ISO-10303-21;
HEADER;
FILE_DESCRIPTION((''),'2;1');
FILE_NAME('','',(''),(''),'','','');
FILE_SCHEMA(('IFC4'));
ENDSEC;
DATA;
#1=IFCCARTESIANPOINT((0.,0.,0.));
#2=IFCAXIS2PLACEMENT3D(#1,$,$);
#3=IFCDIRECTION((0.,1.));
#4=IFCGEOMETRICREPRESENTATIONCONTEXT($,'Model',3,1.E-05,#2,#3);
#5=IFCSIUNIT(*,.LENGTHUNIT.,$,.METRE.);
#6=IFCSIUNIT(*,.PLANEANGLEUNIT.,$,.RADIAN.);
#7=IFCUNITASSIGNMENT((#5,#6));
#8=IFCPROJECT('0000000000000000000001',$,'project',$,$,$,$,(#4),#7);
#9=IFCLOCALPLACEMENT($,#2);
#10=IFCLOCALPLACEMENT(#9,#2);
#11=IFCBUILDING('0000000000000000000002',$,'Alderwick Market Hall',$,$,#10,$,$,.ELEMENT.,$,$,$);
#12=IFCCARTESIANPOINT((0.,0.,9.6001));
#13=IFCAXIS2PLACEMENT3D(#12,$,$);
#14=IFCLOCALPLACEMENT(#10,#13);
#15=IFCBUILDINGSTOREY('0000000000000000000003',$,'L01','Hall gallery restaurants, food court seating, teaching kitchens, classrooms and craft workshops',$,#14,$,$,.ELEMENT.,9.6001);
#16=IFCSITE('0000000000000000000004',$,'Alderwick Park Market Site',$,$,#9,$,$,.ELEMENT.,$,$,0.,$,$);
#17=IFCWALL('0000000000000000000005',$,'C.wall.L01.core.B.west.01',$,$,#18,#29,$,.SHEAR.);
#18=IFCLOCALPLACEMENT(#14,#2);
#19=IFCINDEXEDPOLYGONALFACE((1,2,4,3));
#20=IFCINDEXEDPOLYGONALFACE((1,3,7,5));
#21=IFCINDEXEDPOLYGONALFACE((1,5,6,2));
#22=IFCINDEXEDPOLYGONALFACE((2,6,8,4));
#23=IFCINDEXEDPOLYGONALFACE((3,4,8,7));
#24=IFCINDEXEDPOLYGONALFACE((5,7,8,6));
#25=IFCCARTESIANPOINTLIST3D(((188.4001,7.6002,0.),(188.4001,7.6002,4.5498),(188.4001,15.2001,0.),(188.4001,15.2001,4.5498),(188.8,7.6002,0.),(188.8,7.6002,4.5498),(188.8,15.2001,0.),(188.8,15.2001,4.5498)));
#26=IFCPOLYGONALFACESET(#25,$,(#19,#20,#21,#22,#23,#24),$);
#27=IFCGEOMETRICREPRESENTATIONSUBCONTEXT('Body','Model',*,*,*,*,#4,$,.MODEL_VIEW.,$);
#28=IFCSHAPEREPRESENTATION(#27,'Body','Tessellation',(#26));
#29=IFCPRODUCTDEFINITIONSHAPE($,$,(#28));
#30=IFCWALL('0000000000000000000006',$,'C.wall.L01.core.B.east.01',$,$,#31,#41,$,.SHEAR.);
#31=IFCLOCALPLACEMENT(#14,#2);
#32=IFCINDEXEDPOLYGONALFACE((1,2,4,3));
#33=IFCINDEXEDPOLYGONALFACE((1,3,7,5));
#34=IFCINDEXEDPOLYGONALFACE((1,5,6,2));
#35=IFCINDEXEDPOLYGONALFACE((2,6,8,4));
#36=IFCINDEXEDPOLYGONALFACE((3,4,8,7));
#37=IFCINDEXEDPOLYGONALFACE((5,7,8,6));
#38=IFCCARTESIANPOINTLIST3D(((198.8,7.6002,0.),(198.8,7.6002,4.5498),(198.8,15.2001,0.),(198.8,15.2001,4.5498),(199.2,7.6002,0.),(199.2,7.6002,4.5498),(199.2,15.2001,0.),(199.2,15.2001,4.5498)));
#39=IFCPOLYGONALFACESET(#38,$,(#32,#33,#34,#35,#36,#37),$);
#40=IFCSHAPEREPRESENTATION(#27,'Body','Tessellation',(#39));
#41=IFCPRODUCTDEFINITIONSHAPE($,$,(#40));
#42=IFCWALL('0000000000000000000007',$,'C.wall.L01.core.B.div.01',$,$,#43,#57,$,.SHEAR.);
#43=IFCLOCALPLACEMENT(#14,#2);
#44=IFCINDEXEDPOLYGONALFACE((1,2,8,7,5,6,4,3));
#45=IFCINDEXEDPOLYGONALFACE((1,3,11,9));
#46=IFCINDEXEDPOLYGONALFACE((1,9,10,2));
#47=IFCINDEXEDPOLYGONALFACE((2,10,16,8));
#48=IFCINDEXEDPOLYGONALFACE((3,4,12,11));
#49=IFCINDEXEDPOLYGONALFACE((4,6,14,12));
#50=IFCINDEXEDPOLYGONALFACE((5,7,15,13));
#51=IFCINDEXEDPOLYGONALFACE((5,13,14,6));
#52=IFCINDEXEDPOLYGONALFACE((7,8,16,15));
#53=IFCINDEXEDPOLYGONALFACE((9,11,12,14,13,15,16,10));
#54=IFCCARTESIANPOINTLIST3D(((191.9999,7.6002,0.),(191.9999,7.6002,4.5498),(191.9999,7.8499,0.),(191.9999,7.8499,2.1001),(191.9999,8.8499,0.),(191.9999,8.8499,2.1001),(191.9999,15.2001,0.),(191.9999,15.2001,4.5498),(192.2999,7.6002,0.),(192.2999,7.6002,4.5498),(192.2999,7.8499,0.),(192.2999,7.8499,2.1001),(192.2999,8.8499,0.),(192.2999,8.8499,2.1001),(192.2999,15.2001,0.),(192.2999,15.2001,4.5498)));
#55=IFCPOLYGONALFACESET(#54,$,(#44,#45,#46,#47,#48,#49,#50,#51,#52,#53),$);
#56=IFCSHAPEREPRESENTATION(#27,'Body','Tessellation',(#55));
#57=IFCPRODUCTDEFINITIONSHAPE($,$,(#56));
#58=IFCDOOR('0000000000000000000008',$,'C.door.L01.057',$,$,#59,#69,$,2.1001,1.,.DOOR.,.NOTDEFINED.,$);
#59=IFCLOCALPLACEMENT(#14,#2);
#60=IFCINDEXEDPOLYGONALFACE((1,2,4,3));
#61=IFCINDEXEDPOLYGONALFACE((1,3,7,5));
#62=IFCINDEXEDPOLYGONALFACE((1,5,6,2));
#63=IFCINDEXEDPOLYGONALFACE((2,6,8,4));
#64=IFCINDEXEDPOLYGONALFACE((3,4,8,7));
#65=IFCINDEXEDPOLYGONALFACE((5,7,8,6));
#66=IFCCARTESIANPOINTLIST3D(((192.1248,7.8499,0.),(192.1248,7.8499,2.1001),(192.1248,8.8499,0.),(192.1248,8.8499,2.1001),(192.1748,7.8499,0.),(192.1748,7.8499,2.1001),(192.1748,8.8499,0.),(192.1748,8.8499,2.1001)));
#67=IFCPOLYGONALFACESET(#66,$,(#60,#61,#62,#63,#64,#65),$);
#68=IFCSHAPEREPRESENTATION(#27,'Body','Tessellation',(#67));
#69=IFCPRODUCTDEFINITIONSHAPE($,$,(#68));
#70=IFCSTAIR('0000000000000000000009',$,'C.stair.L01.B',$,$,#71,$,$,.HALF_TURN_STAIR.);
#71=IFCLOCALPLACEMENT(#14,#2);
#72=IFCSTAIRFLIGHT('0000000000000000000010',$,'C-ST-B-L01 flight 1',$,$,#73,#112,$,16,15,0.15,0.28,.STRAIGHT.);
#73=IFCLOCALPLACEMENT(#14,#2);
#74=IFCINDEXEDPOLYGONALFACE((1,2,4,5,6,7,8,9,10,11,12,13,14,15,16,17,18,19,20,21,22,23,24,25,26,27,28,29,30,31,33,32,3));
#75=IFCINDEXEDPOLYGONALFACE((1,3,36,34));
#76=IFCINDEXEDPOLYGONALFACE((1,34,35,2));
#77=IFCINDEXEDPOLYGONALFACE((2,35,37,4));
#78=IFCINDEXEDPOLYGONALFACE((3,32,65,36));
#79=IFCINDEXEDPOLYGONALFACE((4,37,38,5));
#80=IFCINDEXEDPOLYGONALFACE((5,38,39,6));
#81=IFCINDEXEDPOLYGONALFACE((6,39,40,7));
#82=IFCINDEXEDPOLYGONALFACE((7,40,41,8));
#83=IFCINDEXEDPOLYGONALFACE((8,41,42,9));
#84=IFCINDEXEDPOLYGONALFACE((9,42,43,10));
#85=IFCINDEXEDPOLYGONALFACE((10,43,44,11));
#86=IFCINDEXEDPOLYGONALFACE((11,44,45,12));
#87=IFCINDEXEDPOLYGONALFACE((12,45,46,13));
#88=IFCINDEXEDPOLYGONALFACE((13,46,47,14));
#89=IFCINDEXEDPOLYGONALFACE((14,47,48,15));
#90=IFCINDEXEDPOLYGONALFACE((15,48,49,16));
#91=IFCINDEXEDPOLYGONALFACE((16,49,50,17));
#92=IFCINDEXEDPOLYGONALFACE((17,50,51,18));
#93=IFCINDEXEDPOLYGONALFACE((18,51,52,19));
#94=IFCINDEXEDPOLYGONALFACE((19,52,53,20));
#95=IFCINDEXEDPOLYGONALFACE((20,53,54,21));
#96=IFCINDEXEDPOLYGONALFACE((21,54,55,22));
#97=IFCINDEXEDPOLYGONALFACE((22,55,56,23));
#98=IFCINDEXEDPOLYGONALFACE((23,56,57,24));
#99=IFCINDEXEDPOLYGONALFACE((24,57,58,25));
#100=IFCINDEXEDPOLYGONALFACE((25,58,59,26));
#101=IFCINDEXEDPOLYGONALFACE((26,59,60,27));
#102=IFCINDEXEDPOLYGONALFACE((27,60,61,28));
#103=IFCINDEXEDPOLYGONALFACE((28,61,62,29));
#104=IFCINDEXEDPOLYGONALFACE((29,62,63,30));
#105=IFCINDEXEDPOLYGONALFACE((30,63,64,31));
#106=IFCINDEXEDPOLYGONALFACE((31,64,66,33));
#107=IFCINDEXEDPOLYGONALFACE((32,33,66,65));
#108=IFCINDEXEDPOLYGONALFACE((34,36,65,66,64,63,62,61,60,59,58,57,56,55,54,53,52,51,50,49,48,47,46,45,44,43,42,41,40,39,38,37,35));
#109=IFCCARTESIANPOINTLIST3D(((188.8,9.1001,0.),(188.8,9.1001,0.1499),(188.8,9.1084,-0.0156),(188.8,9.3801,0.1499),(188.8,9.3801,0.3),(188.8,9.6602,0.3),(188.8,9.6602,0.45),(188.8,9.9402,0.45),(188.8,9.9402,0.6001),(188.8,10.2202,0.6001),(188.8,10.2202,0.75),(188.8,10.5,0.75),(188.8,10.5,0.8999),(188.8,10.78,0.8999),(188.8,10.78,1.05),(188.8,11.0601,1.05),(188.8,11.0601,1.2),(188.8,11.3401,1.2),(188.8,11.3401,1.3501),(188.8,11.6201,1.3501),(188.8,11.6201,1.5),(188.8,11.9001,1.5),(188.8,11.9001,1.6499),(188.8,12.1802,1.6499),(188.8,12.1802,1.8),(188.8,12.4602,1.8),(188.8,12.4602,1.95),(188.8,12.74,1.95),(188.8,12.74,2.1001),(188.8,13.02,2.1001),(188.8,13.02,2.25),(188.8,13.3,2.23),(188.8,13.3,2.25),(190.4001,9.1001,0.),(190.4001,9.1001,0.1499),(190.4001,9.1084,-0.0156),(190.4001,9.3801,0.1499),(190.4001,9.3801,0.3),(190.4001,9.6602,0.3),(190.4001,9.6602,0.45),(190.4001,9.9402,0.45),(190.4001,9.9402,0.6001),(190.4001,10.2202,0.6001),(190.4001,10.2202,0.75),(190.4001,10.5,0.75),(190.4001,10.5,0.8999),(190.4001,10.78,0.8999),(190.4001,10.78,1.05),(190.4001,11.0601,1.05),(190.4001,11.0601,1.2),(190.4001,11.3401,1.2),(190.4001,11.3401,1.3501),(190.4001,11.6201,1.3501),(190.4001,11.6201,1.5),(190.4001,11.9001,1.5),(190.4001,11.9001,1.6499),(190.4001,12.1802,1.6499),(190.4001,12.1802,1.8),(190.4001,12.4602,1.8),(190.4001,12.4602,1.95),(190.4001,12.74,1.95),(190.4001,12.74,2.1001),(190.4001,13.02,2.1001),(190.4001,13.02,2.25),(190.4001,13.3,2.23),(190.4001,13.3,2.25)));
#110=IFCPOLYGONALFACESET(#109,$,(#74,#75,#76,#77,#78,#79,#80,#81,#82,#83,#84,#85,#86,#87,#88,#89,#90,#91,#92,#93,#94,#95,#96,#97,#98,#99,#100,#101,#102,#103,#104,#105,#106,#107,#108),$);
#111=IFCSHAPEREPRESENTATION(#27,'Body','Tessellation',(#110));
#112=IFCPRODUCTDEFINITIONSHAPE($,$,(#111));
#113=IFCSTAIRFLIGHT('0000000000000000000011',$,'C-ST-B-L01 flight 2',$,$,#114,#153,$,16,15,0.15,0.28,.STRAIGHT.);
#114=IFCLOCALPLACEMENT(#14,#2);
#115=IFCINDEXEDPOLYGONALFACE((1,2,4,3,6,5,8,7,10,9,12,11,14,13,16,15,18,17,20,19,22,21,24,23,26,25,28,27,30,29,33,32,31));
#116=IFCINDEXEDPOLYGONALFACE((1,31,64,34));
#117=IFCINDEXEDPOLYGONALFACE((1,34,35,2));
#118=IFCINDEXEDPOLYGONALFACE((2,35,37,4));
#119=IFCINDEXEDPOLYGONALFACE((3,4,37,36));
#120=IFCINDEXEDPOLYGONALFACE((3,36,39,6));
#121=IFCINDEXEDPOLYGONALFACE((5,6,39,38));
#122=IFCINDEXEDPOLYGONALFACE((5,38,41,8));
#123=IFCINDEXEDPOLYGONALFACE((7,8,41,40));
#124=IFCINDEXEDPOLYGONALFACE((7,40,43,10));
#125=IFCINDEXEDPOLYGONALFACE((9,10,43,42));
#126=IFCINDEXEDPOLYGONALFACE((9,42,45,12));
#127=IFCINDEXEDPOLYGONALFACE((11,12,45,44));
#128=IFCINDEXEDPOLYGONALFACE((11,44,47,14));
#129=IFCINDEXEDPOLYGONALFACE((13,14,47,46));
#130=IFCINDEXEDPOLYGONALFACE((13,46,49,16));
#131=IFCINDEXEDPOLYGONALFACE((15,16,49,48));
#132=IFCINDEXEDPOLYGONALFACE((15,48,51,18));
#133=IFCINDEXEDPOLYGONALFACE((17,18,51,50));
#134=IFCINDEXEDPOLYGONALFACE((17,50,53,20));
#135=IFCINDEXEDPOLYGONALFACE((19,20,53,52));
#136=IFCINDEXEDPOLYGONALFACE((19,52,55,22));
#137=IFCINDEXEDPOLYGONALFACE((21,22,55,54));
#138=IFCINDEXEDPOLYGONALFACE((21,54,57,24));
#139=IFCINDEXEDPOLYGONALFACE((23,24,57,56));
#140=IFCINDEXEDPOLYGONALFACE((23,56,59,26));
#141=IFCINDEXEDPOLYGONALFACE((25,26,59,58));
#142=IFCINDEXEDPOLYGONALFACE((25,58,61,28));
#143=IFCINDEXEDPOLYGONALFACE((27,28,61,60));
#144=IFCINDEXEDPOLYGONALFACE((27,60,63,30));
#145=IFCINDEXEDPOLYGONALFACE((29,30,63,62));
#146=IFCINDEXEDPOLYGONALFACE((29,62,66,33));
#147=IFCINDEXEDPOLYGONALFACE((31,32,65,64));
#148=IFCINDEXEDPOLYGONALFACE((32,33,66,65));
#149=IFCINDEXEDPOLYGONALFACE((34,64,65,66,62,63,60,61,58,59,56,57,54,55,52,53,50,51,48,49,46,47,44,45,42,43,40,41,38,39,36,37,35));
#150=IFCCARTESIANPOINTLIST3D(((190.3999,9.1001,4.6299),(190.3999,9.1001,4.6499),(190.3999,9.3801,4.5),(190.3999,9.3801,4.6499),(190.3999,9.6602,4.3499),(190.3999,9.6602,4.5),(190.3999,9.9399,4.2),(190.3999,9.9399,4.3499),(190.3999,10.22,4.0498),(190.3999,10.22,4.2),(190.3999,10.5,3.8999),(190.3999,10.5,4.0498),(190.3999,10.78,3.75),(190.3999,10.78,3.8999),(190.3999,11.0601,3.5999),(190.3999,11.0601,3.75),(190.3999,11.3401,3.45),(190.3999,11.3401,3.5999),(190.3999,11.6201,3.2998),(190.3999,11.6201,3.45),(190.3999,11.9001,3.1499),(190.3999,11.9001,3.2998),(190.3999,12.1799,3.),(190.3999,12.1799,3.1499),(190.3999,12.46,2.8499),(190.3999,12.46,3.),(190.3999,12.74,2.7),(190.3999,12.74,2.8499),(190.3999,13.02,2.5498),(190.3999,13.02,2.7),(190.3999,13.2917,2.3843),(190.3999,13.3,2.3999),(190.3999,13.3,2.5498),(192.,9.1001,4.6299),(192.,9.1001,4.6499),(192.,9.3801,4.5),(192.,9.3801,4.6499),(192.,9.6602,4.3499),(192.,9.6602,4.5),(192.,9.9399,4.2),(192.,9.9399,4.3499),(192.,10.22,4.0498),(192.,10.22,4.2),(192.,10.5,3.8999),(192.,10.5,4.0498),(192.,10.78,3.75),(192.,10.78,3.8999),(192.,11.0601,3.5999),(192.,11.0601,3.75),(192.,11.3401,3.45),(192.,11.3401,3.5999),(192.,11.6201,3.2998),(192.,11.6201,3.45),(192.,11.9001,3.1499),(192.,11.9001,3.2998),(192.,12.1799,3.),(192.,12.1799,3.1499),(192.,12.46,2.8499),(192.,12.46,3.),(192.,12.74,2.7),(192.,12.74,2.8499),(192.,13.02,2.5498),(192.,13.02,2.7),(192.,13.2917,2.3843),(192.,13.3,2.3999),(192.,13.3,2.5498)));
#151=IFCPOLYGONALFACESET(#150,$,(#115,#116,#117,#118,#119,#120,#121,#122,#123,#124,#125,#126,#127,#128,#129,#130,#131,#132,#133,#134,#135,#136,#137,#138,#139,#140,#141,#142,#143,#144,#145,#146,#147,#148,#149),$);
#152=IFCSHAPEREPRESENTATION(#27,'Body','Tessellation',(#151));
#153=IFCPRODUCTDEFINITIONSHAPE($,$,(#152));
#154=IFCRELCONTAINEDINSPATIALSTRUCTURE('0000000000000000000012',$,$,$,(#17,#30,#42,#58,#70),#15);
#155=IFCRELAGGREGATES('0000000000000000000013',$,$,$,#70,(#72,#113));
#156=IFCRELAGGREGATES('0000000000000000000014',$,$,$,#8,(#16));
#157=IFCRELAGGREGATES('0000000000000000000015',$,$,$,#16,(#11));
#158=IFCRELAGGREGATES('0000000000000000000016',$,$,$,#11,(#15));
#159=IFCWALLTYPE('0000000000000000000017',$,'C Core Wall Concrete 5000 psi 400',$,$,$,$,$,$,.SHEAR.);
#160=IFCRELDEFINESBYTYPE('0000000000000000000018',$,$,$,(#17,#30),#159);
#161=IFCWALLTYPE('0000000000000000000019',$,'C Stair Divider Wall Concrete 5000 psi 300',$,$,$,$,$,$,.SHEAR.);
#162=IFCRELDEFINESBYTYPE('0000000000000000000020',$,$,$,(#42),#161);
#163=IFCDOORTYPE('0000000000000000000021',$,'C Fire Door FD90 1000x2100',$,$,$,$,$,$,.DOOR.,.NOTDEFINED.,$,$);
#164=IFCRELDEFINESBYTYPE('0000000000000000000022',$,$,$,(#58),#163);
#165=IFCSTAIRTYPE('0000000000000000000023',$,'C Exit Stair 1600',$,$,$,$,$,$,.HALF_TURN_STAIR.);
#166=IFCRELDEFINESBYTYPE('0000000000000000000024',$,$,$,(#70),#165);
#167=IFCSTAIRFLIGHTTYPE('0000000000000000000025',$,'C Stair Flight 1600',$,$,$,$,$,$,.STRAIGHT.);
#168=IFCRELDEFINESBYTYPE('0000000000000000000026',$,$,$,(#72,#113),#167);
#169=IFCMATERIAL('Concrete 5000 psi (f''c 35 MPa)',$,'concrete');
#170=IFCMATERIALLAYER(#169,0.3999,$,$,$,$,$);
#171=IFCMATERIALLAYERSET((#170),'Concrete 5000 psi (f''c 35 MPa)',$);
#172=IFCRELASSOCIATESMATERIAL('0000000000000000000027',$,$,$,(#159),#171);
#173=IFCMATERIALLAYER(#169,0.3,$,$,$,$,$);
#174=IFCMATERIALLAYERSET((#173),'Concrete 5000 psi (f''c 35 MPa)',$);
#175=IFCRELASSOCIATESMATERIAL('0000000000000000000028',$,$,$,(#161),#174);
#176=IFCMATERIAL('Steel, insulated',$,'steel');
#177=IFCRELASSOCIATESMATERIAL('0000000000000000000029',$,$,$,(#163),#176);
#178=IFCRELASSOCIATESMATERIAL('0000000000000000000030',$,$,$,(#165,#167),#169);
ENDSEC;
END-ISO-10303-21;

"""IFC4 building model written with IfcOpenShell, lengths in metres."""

from ifc_helpers import new_model, si_unit, direction, frame, frame_2d, origin, place, context, subcontext, project, spatial, polyline, rectangle, outline, extrude, material, layer, layer_set, type_object, element, fill, aggregate, save


model = new_model("IFC4")

# Units and contexts
model_context = context("Model", 3, precision=1e-05, world=origin(), true_north=direction((0.0, 1.0)))
body_context = subcontext(model_context, "Body", "Model", "MODEL_VIEW")
ifc_project = project(units=[si_unit("LENGTHUNIT", "METRE"), si_unit("PLANEANGLEUNIT", "RADIAN")], contexts=[model_context])

# Site, building, storey
site_placement = place(None, origin())
site = spatial("IfcSite", under=ifc_project, at=site_placement, Name="Alderwick Park Market Site", CompositionType="ELEMENT", RefElevation=0.0)
building_placement = place(site_placement, origin())
building = spatial("IfcBuilding", under=site, at=building_placement, Name="Alderwick Market Hall", CompositionType="ELEMENT")
storey_placement = place(building_placement, frame((0.0, 0.0, 9.6001)))
storey = spatial("IfcBuildingStorey", under=building, at=storey_placement, Name="L01", Description="Hall gallery restaurants, food court seating, teaching kitchens, classrooms and craft workshops", CompositionType="ELEMENT", Elevation=9.6001)

# Shared definitions
ifc_material_1 = material(Name="Concrete 5000 psi (f'c 35 MPa)", Category="concrete")

# Shared definitions
ifc_layer_1 = layer(ifc_material_1, 0.3999)
ifc_layer_set_1 = layer_set([ifc_layer_1], Name="Concrete 5000 psi (f'c 35 MPa)")
wall_type_1 = type_object("IfcWallType", Name="C Core Wall Concrete 5000 psi 400", PredefinedType="SHEAR", material=ifc_layer_set_1)

# Shared definitions
ifc_material_2 = material(Name="Steel, insulated", Category="steel")

# Walls
for number, where, z_axis, x_axis, name in (
    (1, (188.6001, 15.2, 0.0), (0.0, 0.0, 1.0), (0.0, -1.0, 0.0), "C.wall.L01.core.B.west.01"),
    (2, (199.0, 15.2, 0.0), (0.0, 0.0, 1.0), (0.0, -1.0, 0.0), "C.wall.L01.core.B.east.01"),
):
    element("IfcWall", number, at=place(storey_placement, frame(where, z_axis=z_axis, x_axis=x_axis)), inside=storey, type_object=wall_type_1, Name=name, PredefinedType="SHEAR", context=body_context, shape_type="SweptSolid", body=[
        extrude(rectangle(XDim=7.5999, YDim=0.3999, at=frame_2d((3.7998, 0.0))), origin(), (0.0, 0.0, 1.0), 4.5498),
    ])

# Wall, opening, door
ifc_layer_2 = layer(ifc_material_1, 0.3)
ifc_layer_set_2 = layer_set([ifc_layer_2], Name="Concrete 5000 psi (f'c 35 MPa)")
wall_type_2 = type_object("IfcWallType", Name="C Stair Divider Wall Concrete 5000 psi 300", PredefinedType="SHEAR", material=ifc_layer_set_2)
wall_1_placement = place(storey_placement, frame((192.1499, 15.2, 0.0), z_axis=(0.0, 0.0, 1.0), x_axis=(0.0, -1.0, 0.0)))
wall_1 = element("IfcWall", 3, at=wall_1_placement, inside=storey, type_object=wall_type_2, Name="C.wall.L01.core.B.div.01", PredefinedType="SHEAR", context=body_context, shape_type="SweptSolid", body=[
    extrude(rectangle(XDim=7.5999, YDim=0.3, at=frame_2d((3.7998, 0.0))), origin(), (0.0, 0.0, 1.0), 4.5498),
])
opening_1_placement = place(wall_1_placement, frame((6.3501, 0.0, 0.0)))
opening_1 = element("IfcOpeningElement", 4, at=opening_1_placement, cuts=wall_1, PredefinedType="OPENING", context=body_context, shape_type="SweptSolid", body=[
    extrude(rectangle(XDim=1.0, YDim=2.1001, at=frame_2d((0.5, 1.05))), frame((0.0, 0.1599, 0.0), z_axis=(0.0, -1.0, 0.0), x_axis=(1.0, 0.0, 0.0)), (0.0, 0.0, 1.0), 0.3201),
])
door_type_1 = type_object("IfcDoorType", Name="C Fire Door FD90 1000x2100", OperationType="NOTDEFINED", PredefinedType="DOOR", material=ifc_material_2)
door_1_placement = place(opening_1_placement, origin())
door_1 = element("IfcDoor", 5, at=door_1_placement, inside=storey, type_object=door_type_1, Name="C.door.L01.057", OperationType="NOTDEFINED", OverallHeight=2.1001, OverallWidth=1.0, PredefinedType="DOOR", context=body_context, shape_type="SweptSolid", body=[
    extrude(rectangle(XDim=1.0, YDim=2.1001, at=frame_2d((0.5, 1.05))), frame((0.0, 0.0249, 0.0), z_axis=(0.0, -1.0, 0.0), x_axis=(1.0, 0.0, 0.0)), (0.0, 0.0, 1.0), 0.05),
])
fill(opening_1, door_1)

# Stair, stair flights
stair_type = type_object("IfcStairType", Name="C Exit Stair 1600", PredefinedType="HALF_TURN_STAIR", material=ifc_material_1)
stair_placement = place(storey_placement, origin())
stair = element("IfcStair", 6, at=stair_placement, inside=storey, type_object=stair_type, Name="C.stair.L01.B", PredefinedType="HALF_TURN_STAIR")
stair_flight_type = type_object("IfcStairFlightType", Name="C Stair Flight 1600", PredefinedType="STRAIGHT", material=ifc_material_1)
stair_flight_1_placement = place(storey_placement, frame((189.6001, 9.1001, 0.0), z_axis=(0.0, 0.0, 1.0), x_axis=(0.0, 1.0, 0.0)))
stair_flight_1 = element("IfcStairFlight", 7, at=stair_flight_1_placement, type_object=stair_flight_type, Name="C-ST-B-L01 flight 1", NumberOfRisers=16, NumberOfTreads=15, PredefinedType="STRAIGHT", RiserHeight=0.15, TreadLength=0.28, context=body_context, shape_type="SweptSolid", body=[
    extrude(outline(polyline([(0.0083, -0.0156), (0.0, 0.0), (0.0, 0.1499), (0.28, 0.1499), (0.28, 0.3), (0.5601, 0.3), (0.5601, 0.45), (0.8401, 0.45), (0.8401, 0.6001), (1.1201, 0.6001), (1.1201, 0.75), (1.3999, 0.75), (1.3999, 0.8999), (1.6799, 0.8999), (1.6799, 1.05), (1.96, 1.05), (1.96, 1.2), (2.24, 1.2), (2.24, 1.3501), (2.52, 1.3501), (2.52, 1.5), (2.8, 1.5), (2.8, 1.6499), (3.0801, 1.6499), (3.0801, 1.8), (3.3601, 1.8), (3.3601, 1.95), (3.6399, 1.95), (3.6399, 2.1001), (3.9199, 2.1001), (3.9199, 2.25), (4.2, 2.25), (4.2, 2.23), (0.0083, -0.0156)])), frame((0.0, 0.8, 0.0), z_axis=(0.0, -1.0, 0.0), x_axis=(1.0, 0.0, 0.0)), (0.0, 0.0, 1.0), 1.6001),
])
stair_flight_2_placement = place(storey_placement, frame((191.2, 13.3, 2.3999), z_axis=(0.0, 0.0, 1.0), x_axis=(0.0, -1.0, 0.0)))
stair_flight_2 = element("IfcStairFlight", 8, at=stair_flight_2_placement, type_object=stair_flight_type, Name="C-ST-B-L01 flight 2", NumberOfRisers=16, NumberOfTreads=15, PredefinedType="STRAIGHT", RiserHeight=0.15, TreadLength=0.28, context=body_context, shape_type="SweptSolid", body=[
    extrude(outline(polyline([(0.0083, -0.0156), (0.0, 0.0), (0.0, 0.1499), (0.28, 0.1499), (0.28, 0.3), (0.5601, 0.3), (0.5601, 0.45), (0.8401, 0.45), (0.8401, 0.6001), (1.1201, 0.6001), (1.1201, 0.75), (1.3999, 0.75), (1.3999, 0.8999), (1.6799, 0.8999), (1.6799, 1.05), (1.96, 1.05), (1.96, 1.2), (2.24, 1.2), (2.24, 1.3501), (2.52, 1.3501), (2.52, 1.5), (2.8, 1.5), (2.8, 1.6499), (3.0801, 1.6499), (3.0801, 1.8), (3.3601, 1.8), (3.3601, 1.95), (3.6399, 1.95), (3.6399, 2.1001), (3.9199, 2.1001), (3.9199, 2.25), (4.2, 2.25), (4.2, 2.23), (0.0083, -0.0156)])), frame((0.0, 0.8, 0.0), z_axis=(0.0, -1.0, 0.0), x_axis=(1.0, 0.0, 0.0)), (0.0, 0.0, 1.0), 1.6001),
])
aggregate(stair, [stair_flight_1, stair_flight_2])

save(model, "model.ifc")
